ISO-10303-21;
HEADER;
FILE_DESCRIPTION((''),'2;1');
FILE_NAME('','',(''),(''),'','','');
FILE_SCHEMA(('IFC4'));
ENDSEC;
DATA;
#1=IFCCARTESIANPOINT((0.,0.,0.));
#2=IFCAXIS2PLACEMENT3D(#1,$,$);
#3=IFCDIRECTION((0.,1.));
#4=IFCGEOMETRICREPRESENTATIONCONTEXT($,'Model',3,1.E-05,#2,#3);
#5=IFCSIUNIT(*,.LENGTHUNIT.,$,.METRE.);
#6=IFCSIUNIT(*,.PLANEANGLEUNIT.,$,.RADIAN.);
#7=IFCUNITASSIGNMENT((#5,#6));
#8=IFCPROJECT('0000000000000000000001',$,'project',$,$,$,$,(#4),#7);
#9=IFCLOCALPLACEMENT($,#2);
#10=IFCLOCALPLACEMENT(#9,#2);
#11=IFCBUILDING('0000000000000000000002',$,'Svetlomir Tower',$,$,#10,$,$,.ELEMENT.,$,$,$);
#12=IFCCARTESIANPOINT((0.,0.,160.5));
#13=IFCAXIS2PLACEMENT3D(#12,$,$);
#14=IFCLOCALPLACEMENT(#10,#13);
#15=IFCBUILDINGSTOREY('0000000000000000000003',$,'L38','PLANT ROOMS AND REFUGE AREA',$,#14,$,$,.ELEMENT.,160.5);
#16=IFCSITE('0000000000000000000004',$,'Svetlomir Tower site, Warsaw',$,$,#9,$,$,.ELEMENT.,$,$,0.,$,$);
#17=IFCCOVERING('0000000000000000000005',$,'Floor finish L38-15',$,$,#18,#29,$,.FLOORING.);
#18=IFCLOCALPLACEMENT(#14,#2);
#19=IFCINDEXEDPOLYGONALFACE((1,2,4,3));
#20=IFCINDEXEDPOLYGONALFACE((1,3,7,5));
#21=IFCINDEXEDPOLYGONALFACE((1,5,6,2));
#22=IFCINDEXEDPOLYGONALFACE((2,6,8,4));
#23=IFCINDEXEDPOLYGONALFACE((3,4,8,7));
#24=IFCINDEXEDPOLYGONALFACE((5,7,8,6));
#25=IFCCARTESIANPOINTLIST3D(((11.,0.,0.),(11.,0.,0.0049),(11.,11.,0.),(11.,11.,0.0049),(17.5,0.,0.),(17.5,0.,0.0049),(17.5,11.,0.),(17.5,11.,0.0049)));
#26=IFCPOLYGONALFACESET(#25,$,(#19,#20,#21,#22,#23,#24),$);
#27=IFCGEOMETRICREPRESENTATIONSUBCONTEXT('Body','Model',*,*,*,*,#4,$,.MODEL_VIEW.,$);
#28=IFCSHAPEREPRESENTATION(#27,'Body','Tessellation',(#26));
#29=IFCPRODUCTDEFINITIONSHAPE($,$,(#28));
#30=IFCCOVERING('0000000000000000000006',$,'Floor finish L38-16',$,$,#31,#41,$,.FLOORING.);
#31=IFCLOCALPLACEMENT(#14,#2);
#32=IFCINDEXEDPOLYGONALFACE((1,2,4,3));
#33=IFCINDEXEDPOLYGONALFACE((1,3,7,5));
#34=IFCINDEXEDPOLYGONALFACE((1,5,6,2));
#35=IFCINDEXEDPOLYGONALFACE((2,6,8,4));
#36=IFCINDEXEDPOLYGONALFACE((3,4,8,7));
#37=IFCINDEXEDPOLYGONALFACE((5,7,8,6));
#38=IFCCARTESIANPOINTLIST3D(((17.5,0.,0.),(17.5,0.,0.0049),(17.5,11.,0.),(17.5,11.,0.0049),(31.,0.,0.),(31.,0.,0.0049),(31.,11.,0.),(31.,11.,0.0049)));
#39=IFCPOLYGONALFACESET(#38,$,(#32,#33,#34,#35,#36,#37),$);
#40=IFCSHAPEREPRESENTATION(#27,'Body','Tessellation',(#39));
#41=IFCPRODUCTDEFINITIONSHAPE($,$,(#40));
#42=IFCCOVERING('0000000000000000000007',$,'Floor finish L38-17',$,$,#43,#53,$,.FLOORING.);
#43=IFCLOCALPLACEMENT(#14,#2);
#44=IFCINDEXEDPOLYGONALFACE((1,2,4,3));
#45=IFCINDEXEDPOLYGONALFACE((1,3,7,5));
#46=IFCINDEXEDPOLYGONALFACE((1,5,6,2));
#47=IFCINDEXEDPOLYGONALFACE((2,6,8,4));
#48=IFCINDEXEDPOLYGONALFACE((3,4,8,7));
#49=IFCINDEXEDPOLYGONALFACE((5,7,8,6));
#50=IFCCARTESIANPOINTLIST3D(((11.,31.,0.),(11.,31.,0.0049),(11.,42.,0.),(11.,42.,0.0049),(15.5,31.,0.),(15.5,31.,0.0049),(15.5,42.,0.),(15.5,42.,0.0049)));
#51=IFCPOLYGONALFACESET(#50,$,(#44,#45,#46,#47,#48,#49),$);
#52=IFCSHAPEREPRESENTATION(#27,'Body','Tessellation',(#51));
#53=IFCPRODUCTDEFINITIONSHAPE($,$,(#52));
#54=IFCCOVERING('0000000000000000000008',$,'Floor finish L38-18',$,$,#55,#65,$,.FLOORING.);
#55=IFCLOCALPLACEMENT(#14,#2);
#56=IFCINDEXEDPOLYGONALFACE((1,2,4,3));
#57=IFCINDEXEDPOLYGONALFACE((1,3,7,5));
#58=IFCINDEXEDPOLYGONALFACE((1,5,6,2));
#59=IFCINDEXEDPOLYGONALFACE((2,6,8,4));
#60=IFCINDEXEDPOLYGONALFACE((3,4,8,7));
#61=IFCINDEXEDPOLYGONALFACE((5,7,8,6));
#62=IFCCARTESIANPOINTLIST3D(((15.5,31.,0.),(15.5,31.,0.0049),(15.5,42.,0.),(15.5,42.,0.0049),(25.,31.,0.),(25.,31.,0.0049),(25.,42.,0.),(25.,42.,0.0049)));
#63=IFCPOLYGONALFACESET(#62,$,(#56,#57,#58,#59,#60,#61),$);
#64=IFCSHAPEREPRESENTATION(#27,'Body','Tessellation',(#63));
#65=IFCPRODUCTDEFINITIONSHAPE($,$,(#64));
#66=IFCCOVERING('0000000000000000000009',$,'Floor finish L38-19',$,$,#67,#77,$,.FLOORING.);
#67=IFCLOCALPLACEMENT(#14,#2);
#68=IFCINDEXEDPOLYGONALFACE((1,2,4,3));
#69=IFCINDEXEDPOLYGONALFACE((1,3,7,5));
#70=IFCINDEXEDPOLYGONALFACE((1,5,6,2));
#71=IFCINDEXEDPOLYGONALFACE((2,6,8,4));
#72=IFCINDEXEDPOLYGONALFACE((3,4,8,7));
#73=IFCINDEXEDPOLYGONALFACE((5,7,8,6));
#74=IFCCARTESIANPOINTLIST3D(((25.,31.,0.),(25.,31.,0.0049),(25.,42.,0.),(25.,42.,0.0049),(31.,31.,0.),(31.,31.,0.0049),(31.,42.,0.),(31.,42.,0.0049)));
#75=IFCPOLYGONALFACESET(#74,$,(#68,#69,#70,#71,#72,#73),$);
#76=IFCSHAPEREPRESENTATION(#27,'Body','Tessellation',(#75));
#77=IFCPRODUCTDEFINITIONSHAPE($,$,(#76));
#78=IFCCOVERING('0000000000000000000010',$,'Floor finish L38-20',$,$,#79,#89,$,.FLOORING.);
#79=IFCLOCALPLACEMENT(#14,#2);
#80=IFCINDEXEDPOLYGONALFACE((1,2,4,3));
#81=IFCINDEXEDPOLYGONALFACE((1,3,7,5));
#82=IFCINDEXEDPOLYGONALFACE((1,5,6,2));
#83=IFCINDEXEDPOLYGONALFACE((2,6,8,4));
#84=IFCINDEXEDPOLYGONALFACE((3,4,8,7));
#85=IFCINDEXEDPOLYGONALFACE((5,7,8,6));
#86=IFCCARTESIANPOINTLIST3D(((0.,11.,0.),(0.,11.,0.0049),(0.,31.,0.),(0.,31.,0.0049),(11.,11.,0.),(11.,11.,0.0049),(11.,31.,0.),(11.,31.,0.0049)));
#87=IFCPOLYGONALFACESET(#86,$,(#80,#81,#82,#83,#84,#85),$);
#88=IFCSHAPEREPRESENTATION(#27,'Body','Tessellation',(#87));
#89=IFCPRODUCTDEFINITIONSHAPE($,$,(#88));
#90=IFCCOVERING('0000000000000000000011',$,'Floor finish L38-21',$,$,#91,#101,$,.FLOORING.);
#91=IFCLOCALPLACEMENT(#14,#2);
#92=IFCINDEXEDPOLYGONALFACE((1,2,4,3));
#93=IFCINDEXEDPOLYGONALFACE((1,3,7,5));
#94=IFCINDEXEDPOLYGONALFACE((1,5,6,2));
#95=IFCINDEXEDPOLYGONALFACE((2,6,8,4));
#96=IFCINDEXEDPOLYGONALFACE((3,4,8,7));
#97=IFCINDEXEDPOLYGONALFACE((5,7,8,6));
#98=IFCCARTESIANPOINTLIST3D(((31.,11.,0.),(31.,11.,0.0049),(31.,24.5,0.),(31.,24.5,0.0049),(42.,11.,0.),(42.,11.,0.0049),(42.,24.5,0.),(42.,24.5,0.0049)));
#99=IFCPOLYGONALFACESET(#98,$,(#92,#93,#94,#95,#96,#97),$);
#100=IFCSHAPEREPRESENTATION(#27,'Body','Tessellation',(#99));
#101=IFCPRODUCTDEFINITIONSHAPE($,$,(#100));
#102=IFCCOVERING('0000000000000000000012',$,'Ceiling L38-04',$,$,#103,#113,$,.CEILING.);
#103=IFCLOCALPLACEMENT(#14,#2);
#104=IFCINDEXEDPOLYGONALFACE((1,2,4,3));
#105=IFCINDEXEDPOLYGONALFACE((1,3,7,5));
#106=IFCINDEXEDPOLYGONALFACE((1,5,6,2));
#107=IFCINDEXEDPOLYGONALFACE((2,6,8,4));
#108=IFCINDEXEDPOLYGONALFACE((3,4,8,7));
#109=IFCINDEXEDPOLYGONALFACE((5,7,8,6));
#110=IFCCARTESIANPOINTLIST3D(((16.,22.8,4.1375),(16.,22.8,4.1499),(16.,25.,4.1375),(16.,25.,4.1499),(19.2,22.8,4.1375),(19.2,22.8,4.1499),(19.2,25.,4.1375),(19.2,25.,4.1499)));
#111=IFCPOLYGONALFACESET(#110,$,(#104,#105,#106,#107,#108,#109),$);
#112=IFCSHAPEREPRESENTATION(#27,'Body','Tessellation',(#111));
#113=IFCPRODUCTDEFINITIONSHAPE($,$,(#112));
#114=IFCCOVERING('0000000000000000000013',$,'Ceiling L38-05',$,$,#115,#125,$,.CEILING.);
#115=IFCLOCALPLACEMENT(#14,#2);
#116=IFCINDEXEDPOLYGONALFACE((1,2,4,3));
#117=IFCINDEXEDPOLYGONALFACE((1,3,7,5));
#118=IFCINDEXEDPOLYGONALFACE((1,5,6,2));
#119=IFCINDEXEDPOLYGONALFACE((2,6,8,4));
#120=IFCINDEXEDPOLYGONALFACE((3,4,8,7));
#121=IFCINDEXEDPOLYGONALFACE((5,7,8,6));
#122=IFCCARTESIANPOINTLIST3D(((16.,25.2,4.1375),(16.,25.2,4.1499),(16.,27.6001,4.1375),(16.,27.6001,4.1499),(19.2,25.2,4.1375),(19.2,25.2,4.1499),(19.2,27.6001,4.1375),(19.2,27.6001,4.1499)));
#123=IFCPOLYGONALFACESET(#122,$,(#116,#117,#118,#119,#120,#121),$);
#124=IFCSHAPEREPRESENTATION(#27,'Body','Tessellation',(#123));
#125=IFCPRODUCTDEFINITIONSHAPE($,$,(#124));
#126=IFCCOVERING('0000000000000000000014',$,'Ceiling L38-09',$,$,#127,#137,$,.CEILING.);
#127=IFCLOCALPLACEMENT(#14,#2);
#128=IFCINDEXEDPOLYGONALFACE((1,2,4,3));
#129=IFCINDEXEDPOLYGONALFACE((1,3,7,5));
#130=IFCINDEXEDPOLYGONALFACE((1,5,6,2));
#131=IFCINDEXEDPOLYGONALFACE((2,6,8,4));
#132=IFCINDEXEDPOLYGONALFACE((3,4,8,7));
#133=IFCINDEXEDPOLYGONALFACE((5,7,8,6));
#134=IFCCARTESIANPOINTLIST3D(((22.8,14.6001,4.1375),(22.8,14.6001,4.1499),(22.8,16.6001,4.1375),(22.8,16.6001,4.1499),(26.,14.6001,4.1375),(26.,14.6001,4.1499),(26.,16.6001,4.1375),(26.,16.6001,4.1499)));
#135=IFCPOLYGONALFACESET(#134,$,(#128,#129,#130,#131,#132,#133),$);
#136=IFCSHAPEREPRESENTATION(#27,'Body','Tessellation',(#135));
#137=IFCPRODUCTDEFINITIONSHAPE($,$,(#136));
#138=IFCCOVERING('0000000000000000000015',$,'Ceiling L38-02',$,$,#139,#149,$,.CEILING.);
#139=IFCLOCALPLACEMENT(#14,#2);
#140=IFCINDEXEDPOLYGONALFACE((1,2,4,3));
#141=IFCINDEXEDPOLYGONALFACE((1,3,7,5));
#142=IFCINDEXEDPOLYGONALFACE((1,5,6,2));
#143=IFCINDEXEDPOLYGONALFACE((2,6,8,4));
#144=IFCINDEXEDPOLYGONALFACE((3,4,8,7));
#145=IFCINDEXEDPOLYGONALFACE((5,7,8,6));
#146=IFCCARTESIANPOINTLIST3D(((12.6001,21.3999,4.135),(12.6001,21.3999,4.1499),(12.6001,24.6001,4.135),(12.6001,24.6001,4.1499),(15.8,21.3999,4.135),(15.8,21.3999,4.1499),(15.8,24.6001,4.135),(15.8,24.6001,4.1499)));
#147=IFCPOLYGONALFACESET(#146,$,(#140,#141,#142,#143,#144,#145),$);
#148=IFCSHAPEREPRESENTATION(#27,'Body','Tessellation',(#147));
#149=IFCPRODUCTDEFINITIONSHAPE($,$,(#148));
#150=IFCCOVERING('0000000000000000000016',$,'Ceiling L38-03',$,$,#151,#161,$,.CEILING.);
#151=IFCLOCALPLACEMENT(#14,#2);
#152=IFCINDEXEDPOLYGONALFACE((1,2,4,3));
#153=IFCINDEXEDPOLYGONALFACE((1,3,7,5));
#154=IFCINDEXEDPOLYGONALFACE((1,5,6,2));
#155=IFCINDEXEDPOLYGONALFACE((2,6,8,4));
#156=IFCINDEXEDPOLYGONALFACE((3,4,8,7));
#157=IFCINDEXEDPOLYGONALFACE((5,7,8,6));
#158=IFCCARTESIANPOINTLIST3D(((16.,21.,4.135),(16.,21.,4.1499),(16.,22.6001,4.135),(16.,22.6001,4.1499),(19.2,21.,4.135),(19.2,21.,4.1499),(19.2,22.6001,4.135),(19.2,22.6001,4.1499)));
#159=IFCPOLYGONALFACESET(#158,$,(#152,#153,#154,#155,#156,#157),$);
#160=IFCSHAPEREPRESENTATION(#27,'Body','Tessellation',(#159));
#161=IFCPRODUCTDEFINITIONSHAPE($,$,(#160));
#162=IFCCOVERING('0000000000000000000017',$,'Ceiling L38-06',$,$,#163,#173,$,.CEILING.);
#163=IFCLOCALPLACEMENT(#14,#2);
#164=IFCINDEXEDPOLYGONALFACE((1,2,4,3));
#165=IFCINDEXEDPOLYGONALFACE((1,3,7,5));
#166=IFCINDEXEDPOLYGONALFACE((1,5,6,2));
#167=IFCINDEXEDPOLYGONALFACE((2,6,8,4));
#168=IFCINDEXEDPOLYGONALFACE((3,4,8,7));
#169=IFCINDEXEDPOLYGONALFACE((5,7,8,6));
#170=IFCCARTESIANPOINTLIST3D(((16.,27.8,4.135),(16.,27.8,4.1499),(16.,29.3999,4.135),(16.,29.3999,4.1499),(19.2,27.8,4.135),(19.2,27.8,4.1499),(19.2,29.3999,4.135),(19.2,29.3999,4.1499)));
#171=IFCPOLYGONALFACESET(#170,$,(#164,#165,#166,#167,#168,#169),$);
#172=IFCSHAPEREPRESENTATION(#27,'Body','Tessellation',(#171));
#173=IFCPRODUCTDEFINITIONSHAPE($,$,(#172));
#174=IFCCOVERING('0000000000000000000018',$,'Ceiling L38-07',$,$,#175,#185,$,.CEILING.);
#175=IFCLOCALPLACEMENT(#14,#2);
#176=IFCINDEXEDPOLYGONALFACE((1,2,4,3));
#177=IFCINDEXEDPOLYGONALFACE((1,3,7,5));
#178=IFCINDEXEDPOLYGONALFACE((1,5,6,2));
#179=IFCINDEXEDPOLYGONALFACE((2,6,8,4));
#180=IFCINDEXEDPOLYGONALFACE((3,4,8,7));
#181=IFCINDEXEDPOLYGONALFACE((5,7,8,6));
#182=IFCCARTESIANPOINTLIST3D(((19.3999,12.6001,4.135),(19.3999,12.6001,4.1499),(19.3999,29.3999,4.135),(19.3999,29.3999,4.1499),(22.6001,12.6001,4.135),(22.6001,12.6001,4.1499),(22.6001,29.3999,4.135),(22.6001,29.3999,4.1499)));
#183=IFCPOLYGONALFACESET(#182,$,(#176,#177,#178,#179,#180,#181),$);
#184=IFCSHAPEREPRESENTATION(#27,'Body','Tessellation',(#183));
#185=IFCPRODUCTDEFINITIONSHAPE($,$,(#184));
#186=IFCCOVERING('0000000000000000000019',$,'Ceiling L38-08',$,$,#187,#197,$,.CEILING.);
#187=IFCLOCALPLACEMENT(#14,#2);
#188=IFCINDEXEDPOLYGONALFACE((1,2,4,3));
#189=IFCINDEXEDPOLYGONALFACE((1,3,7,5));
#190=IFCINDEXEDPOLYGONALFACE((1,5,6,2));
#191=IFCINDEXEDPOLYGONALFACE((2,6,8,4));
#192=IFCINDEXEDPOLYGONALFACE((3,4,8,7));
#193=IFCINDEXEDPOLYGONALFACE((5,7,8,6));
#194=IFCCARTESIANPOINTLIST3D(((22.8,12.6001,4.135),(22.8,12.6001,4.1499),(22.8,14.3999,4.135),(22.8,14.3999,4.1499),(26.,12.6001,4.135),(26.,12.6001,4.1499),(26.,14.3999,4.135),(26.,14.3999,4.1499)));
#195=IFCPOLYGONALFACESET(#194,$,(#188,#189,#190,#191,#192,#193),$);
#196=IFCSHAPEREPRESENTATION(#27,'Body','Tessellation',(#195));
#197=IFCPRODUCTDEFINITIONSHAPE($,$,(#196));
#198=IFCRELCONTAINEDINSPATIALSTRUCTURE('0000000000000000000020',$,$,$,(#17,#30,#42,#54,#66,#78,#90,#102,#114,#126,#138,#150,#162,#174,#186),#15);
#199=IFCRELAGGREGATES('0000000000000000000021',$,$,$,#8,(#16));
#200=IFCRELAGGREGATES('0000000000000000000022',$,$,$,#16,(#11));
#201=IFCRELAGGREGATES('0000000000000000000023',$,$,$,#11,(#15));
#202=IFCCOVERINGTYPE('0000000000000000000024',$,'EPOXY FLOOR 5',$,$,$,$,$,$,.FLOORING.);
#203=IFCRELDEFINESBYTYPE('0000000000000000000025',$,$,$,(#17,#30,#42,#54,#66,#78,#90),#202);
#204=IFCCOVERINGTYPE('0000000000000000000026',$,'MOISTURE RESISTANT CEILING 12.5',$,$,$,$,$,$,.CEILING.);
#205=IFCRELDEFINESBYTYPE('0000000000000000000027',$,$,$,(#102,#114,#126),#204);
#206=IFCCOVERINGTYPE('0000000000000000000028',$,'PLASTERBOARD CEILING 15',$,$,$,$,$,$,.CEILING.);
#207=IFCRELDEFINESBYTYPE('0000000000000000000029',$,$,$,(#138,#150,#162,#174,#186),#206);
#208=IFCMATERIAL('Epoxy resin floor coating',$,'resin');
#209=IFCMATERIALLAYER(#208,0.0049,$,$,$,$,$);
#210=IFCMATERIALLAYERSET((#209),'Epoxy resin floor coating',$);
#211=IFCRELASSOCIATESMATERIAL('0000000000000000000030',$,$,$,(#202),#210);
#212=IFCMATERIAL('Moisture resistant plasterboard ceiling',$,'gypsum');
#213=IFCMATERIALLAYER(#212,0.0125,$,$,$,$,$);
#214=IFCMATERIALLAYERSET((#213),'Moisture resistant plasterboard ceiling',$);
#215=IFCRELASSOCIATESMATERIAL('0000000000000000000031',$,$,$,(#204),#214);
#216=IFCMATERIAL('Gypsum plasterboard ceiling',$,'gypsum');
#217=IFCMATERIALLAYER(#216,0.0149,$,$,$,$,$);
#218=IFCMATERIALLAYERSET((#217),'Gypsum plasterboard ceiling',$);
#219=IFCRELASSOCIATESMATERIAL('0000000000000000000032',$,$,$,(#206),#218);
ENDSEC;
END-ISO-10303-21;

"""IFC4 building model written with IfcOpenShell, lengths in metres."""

from ifc_helpers import new_model, si_unit, direction, frame, origin, place, context, subcontext, project, spatial, polyline, outline, extrude, material, layer, layer_set, type_object, element, save


model = new_model("IFC4")

# Units and contexts
model_context = context("Model", 3, precision=1e-05, world=origin(), true_north=direction((0.0, 1.0)))
body_context = subcontext(model_context, "Body", "Model", "MODEL_VIEW")
ifc_project = project(units=[si_unit("LENGTHUNIT", "METRE"), si_unit("PLANEANGLEUNIT", "RADIAN")], contexts=[model_context])

# Site, building, storey
site_placement = place(None, origin())
site = spatial("IfcSite", under=ifc_project, at=site_placement, Name="Svetlomir Tower site, Warsaw", CompositionType="ELEMENT", RefElevation=0.0)
building_placement = place(site_placement, origin())
building = spatial("IfcBuilding", under=site, at=building_placement, Name="Svetlomir Tower", CompositionType="ELEMENT")
storey_placement = place(building_placement, frame((0.0, 0.0, 160.5)))
storey = spatial("IfcBuildingStorey", under=building, at=storey_placement, Name="L38", Description="PLANT ROOMS AND REFUGE AREA", CompositionType="ELEMENT", Elevation=160.5)

# Coverings
ifc_material_1 = material(Name="Epoxy resin floor coating", Category="resin")
ifc_layer_1 = layer(ifc_material_1, 0.0049)
ifc_layer_set_1 = layer_set([ifc_layer_1], Name="Epoxy resin floor coating")
covering_type_1 = type_object("IfcCoveringType", Name="EPOXY FLOOR 5", PredefinedType="FLOORING", material=ifc_layer_set_1)
covering_1_placement = place(storey_placement, origin())
element("IfcCovering", 1, at=covering_1_placement, inside=storey, type_object=covering_type_1, Name="Floor finish L38-15", PredefinedType="FLOORING", context=body_context, shape_type="SweptSolid", body=[
    extrude(outline(polyline([(11.0, 11.0), (17.5, 11.0), (17.5, 0.0), (11.0, 0.0), (11.0, 11.0)])), origin(), (0.0, 0.0, 1.0), 0.0049),
])
covering_2_placement = place(storey_placement, origin())
element("IfcCovering", 2, at=covering_2_placement, inside=storey, type_object=covering_type_1, Name="Floor finish L38-16", PredefinedType="FLOORING", context=body_context, shape_type="SweptSolid", body=[
    extrude(outline(polyline([(31.0, 11.0), (31.0, 0.0), (17.5, 0.0), (17.5, 11.0), (31.0, 11.0)])), origin(), (0.0, 0.0, 1.0), 0.0049),
])
covering_3_placement = place(storey_placement, origin())
element("IfcCovering", 3, at=covering_3_placement, inside=storey, type_object=covering_type_1, Name="Floor finish L38-17", PredefinedType="FLOORING", context=body_context, shape_type="SweptSolid", body=[
    extrude(outline(polyline([(11.0, 31.0), (11.0, 42.0), (15.5, 42.0), (15.5, 31.0), (11.0, 31.0)])), origin(), (0.0, 0.0, 1.0), 0.0049),
])
covering_4_placement = place(storey_placement, origin())
element("IfcCovering", 4, at=covering_4_placement, inside=storey, type_object=covering_type_1, Name="Floor finish L38-18", PredefinedType="FLOORING", context=body_context, shape_type="SweptSolid", body=[
    extrude(outline(polyline([(15.5, 31.0), (15.5, 42.0), (25.0, 42.0), (25.0, 31.0), (15.5, 31.0)])), origin(), (0.0, 0.0, 1.0), 0.0049),
])
covering_5_placement = place(storey_placement, origin())
element("IfcCovering", 5, at=covering_5_placement, inside=storey, type_object=covering_type_1, Name="Floor finish L38-19", PredefinedType="FLOORING", context=body_context, shape_type="SweptSolid", body=[
    extrude(outline(polyline([(31.0, 31.0), (25.0, 31.0), (25.0, 42.0), (31.0, 42.0), (31.0, 31.0)])), origin(), (0.0, 0.0, 1.0), 0.0049),
])
covering_6_placement = place(storey_placement, origin())
element("IfcCovering", 6, at=covering_6_placement, inside=storey, type_object=covering_type_1, Name="Floor finish L38-20", PredefinedType="FLOORING", context=body_context, shape_type="SweptSolid", body=[
    extrude(outline(polyline([(11.0, 11.0), (0.0, 11.0), (0.0, 31.0), (11.0, 31.0), (11.0, 11.0)])), origin(), (0.0, 0.0, 1.0), 0.0049),
])
covering_7_placement = place(storey_placement, origin())
element("IfcCovering", 7, at=covering_7_placement, inside=storey, type_object=covering_type_1, Name="Floor finish L38-21", PredefinedType="FLOORING", context=body_context, shape_type="SweptSolid", body=[
    extrude(outline(polyline([(42.0, 11.0), (31.0, 11.0), (31.0, 24.5), (42.0, 24.5), (42.0, 11.0)])), origin(), (0.0, 0.0, 1.0), 0.0049),
])
ifc_material_2 = material(Name="Moisture resistant plasterboard ceiling", Category="gypsum")
ifc_layer_2 = layer(ifc_material_2, 0.0125)
ifc_layer_set_2 = layer_set([ifc_layer_2], Name="Moisture resistant plasterboard ceiling")
covering_type_2 = type_object("IfcCoveringType", Name="MOISTURE RESISTANT CEILING 12.5", PredefinedType="CEILING", material=ifc_layer_set_2)
covering_8_placement = place(storey_placement, frame((0.0, 0.0, 4.1375)))
element("IfcCovering", 8, at=covering_8_placement, inside=storey, type_object=covering_type_2, Name="Ceiling L38-04", PredefinedType="CEILING", context=body_context, shape_type="SweptSolid", body=[
    extrude(outline(polyline([(16.0, 22.8), (19.2, 22.8), (19.2, 25.0), (16.0, 25.0), (16.0, 22.8)])), origin(), (0.0, 0.0, 1.0), 0.0125),
])
covering_9_placement = place(storey_placement, frame((0.0, 0.0, 4.1375)))
element("IfcCovering", 9, at=covering_9_placement, inside=storey, type_object=covering_type_2, Name="Ceiling L38-05", PredefinedType="CEILING", context=body_context, shape_type="SweptSolid", body=[
    extrude(outline(polyline([(16.0, 25.2), (19.2, 25.2), (19.2, 27.6001), (16.0, 27.6001), (16.0, 25.2)])), origin(), (0.0, 0.0, 1.0), 0.0125),
])
covering_10_placement = place(storey_placement, frame((0.0, 0.0, 4.1375)))
element("IfcCovering", 10, at=covering_10_placement, inside=storey, type_object=covering_type_2, Name="Ceiling L38-09", PredefinedType="CEILING", context=body_context, shape_type="SweptSolid", body=[
    extrude(outline(polyline([(22.8, 14.6001), (26.0, 14.6001), (26.0, 16.6001), (22.8, 16.6001), (22.8, 14.6001)])), origin(), (0.0, 0.0, 1.0), 0.0125),
])
ifc_material_3 = material(Name="Gypsum plasterboard ceiling", Category="gypsum")
ifc_layer_3 = layer(ifc_material_3, 0.0149)
ifc_layer_set_3 = layer_set([ifc_layer_3], Name="Gypsum plasterboard ceiling")
covering_type_3 = type_object("IfcCoveringType", Name="PLASTERBOARD CEILING 15", PredefinedType="CEILING", material=ifc_layer_set_3)
covering_11_placement = place(storey_placement, frame((0.0, 0.0, 4.135)))
element("IfcCovering", 11, at=covering_11_placement, inside=storey, type_object=covering_type_3, Name="Ceiling L38-02", PredefinedType="CEILING", context=body_context, shape_type="SweptSolid", body=[
    extrude(outline(polyline([(12.6001, 21.3999), (15.8, 21.3999), (15.8, 24.6001), (12.6001, 24.6001), (12.6001, 21.3999)])), origin(), (0.0, 0.0, 1.0), 0.0149),
])
covering_12_placement = place(storey_placement, frame((0.0, 0.0, 4.135)))
element("IfcCovering", 12, at=covering_12_placement, inside=storey, type_object=covering_type_3, Name="Ceiling L38-03", PredefinedType="CEILING", context=body_context, shape_type="SweptSolid", body=[
    extrude(outline(polyline([(16.0, 21.0), (19.2, 21.0), (19.2, 22.6001), (16.0, 22.6001), (16.0, 21.0)])), origin(), (0.0, 0.0, 1.0), 0.0149),
])
covering_13_placement = place(storey_placement, frame((0.0, 0.0, 4.135)))
element("IfcCovering", 13, at=covering_13_placement, inside=storey, type_object=covering_type_3, Name="Ceiling L38-06", PredefinedType="CEILING", context=body_context, shape_type="SweptSolid", body=[
    extrude(outline(polyline([(16.0, 27.8), (19.2, 27.8), (19.2, 29.3999), (16.0, 29.3999), (16.0, 27.8)])), origin(), (0.0, 0.0, 1.0), 0.0149),
])
covering_14_placement = place(storey_placement, frame((0.0, 0.0, 4.135)))
element("IfcCovering", 14, at=covering_14_placement, inside=storey, type_object=covering_type_3, Name="Ceiling L38-07", PredefinedType="CEILING", context=body_context, shape_type="SweptSolid", body=[
    extrude(outline(polyline([(19.3999, 12.6001), (22.6001, 12.6001), (22.6001, 29.3999), (19.3999, 29.3999), (19.3999, 12.6001)])), origin(), (0.0, 0.0, 1.0), 0.0149),
])
covering_15_placement = place(storey_placement, frame((0.0, 0.0, 4.135)))
element("IfcCovering", 15, at=covering_15_placement, inside=storey, type_object=covering_type_3, Name="Ceiling L38-08", PredefinedType="CEILING", context=body_context, shape_type="SweptSolid", body=[
    extrude(outline(polyline([(22.8, 12.6001), (26.0, 12.6001), (26.0, 14.3999), (22.8, 14.3999), (22.8, 12.6001)])), origin(), (0.0, 0.0, 1.0), 0.0149),
])

save(model, "model.ifc")
